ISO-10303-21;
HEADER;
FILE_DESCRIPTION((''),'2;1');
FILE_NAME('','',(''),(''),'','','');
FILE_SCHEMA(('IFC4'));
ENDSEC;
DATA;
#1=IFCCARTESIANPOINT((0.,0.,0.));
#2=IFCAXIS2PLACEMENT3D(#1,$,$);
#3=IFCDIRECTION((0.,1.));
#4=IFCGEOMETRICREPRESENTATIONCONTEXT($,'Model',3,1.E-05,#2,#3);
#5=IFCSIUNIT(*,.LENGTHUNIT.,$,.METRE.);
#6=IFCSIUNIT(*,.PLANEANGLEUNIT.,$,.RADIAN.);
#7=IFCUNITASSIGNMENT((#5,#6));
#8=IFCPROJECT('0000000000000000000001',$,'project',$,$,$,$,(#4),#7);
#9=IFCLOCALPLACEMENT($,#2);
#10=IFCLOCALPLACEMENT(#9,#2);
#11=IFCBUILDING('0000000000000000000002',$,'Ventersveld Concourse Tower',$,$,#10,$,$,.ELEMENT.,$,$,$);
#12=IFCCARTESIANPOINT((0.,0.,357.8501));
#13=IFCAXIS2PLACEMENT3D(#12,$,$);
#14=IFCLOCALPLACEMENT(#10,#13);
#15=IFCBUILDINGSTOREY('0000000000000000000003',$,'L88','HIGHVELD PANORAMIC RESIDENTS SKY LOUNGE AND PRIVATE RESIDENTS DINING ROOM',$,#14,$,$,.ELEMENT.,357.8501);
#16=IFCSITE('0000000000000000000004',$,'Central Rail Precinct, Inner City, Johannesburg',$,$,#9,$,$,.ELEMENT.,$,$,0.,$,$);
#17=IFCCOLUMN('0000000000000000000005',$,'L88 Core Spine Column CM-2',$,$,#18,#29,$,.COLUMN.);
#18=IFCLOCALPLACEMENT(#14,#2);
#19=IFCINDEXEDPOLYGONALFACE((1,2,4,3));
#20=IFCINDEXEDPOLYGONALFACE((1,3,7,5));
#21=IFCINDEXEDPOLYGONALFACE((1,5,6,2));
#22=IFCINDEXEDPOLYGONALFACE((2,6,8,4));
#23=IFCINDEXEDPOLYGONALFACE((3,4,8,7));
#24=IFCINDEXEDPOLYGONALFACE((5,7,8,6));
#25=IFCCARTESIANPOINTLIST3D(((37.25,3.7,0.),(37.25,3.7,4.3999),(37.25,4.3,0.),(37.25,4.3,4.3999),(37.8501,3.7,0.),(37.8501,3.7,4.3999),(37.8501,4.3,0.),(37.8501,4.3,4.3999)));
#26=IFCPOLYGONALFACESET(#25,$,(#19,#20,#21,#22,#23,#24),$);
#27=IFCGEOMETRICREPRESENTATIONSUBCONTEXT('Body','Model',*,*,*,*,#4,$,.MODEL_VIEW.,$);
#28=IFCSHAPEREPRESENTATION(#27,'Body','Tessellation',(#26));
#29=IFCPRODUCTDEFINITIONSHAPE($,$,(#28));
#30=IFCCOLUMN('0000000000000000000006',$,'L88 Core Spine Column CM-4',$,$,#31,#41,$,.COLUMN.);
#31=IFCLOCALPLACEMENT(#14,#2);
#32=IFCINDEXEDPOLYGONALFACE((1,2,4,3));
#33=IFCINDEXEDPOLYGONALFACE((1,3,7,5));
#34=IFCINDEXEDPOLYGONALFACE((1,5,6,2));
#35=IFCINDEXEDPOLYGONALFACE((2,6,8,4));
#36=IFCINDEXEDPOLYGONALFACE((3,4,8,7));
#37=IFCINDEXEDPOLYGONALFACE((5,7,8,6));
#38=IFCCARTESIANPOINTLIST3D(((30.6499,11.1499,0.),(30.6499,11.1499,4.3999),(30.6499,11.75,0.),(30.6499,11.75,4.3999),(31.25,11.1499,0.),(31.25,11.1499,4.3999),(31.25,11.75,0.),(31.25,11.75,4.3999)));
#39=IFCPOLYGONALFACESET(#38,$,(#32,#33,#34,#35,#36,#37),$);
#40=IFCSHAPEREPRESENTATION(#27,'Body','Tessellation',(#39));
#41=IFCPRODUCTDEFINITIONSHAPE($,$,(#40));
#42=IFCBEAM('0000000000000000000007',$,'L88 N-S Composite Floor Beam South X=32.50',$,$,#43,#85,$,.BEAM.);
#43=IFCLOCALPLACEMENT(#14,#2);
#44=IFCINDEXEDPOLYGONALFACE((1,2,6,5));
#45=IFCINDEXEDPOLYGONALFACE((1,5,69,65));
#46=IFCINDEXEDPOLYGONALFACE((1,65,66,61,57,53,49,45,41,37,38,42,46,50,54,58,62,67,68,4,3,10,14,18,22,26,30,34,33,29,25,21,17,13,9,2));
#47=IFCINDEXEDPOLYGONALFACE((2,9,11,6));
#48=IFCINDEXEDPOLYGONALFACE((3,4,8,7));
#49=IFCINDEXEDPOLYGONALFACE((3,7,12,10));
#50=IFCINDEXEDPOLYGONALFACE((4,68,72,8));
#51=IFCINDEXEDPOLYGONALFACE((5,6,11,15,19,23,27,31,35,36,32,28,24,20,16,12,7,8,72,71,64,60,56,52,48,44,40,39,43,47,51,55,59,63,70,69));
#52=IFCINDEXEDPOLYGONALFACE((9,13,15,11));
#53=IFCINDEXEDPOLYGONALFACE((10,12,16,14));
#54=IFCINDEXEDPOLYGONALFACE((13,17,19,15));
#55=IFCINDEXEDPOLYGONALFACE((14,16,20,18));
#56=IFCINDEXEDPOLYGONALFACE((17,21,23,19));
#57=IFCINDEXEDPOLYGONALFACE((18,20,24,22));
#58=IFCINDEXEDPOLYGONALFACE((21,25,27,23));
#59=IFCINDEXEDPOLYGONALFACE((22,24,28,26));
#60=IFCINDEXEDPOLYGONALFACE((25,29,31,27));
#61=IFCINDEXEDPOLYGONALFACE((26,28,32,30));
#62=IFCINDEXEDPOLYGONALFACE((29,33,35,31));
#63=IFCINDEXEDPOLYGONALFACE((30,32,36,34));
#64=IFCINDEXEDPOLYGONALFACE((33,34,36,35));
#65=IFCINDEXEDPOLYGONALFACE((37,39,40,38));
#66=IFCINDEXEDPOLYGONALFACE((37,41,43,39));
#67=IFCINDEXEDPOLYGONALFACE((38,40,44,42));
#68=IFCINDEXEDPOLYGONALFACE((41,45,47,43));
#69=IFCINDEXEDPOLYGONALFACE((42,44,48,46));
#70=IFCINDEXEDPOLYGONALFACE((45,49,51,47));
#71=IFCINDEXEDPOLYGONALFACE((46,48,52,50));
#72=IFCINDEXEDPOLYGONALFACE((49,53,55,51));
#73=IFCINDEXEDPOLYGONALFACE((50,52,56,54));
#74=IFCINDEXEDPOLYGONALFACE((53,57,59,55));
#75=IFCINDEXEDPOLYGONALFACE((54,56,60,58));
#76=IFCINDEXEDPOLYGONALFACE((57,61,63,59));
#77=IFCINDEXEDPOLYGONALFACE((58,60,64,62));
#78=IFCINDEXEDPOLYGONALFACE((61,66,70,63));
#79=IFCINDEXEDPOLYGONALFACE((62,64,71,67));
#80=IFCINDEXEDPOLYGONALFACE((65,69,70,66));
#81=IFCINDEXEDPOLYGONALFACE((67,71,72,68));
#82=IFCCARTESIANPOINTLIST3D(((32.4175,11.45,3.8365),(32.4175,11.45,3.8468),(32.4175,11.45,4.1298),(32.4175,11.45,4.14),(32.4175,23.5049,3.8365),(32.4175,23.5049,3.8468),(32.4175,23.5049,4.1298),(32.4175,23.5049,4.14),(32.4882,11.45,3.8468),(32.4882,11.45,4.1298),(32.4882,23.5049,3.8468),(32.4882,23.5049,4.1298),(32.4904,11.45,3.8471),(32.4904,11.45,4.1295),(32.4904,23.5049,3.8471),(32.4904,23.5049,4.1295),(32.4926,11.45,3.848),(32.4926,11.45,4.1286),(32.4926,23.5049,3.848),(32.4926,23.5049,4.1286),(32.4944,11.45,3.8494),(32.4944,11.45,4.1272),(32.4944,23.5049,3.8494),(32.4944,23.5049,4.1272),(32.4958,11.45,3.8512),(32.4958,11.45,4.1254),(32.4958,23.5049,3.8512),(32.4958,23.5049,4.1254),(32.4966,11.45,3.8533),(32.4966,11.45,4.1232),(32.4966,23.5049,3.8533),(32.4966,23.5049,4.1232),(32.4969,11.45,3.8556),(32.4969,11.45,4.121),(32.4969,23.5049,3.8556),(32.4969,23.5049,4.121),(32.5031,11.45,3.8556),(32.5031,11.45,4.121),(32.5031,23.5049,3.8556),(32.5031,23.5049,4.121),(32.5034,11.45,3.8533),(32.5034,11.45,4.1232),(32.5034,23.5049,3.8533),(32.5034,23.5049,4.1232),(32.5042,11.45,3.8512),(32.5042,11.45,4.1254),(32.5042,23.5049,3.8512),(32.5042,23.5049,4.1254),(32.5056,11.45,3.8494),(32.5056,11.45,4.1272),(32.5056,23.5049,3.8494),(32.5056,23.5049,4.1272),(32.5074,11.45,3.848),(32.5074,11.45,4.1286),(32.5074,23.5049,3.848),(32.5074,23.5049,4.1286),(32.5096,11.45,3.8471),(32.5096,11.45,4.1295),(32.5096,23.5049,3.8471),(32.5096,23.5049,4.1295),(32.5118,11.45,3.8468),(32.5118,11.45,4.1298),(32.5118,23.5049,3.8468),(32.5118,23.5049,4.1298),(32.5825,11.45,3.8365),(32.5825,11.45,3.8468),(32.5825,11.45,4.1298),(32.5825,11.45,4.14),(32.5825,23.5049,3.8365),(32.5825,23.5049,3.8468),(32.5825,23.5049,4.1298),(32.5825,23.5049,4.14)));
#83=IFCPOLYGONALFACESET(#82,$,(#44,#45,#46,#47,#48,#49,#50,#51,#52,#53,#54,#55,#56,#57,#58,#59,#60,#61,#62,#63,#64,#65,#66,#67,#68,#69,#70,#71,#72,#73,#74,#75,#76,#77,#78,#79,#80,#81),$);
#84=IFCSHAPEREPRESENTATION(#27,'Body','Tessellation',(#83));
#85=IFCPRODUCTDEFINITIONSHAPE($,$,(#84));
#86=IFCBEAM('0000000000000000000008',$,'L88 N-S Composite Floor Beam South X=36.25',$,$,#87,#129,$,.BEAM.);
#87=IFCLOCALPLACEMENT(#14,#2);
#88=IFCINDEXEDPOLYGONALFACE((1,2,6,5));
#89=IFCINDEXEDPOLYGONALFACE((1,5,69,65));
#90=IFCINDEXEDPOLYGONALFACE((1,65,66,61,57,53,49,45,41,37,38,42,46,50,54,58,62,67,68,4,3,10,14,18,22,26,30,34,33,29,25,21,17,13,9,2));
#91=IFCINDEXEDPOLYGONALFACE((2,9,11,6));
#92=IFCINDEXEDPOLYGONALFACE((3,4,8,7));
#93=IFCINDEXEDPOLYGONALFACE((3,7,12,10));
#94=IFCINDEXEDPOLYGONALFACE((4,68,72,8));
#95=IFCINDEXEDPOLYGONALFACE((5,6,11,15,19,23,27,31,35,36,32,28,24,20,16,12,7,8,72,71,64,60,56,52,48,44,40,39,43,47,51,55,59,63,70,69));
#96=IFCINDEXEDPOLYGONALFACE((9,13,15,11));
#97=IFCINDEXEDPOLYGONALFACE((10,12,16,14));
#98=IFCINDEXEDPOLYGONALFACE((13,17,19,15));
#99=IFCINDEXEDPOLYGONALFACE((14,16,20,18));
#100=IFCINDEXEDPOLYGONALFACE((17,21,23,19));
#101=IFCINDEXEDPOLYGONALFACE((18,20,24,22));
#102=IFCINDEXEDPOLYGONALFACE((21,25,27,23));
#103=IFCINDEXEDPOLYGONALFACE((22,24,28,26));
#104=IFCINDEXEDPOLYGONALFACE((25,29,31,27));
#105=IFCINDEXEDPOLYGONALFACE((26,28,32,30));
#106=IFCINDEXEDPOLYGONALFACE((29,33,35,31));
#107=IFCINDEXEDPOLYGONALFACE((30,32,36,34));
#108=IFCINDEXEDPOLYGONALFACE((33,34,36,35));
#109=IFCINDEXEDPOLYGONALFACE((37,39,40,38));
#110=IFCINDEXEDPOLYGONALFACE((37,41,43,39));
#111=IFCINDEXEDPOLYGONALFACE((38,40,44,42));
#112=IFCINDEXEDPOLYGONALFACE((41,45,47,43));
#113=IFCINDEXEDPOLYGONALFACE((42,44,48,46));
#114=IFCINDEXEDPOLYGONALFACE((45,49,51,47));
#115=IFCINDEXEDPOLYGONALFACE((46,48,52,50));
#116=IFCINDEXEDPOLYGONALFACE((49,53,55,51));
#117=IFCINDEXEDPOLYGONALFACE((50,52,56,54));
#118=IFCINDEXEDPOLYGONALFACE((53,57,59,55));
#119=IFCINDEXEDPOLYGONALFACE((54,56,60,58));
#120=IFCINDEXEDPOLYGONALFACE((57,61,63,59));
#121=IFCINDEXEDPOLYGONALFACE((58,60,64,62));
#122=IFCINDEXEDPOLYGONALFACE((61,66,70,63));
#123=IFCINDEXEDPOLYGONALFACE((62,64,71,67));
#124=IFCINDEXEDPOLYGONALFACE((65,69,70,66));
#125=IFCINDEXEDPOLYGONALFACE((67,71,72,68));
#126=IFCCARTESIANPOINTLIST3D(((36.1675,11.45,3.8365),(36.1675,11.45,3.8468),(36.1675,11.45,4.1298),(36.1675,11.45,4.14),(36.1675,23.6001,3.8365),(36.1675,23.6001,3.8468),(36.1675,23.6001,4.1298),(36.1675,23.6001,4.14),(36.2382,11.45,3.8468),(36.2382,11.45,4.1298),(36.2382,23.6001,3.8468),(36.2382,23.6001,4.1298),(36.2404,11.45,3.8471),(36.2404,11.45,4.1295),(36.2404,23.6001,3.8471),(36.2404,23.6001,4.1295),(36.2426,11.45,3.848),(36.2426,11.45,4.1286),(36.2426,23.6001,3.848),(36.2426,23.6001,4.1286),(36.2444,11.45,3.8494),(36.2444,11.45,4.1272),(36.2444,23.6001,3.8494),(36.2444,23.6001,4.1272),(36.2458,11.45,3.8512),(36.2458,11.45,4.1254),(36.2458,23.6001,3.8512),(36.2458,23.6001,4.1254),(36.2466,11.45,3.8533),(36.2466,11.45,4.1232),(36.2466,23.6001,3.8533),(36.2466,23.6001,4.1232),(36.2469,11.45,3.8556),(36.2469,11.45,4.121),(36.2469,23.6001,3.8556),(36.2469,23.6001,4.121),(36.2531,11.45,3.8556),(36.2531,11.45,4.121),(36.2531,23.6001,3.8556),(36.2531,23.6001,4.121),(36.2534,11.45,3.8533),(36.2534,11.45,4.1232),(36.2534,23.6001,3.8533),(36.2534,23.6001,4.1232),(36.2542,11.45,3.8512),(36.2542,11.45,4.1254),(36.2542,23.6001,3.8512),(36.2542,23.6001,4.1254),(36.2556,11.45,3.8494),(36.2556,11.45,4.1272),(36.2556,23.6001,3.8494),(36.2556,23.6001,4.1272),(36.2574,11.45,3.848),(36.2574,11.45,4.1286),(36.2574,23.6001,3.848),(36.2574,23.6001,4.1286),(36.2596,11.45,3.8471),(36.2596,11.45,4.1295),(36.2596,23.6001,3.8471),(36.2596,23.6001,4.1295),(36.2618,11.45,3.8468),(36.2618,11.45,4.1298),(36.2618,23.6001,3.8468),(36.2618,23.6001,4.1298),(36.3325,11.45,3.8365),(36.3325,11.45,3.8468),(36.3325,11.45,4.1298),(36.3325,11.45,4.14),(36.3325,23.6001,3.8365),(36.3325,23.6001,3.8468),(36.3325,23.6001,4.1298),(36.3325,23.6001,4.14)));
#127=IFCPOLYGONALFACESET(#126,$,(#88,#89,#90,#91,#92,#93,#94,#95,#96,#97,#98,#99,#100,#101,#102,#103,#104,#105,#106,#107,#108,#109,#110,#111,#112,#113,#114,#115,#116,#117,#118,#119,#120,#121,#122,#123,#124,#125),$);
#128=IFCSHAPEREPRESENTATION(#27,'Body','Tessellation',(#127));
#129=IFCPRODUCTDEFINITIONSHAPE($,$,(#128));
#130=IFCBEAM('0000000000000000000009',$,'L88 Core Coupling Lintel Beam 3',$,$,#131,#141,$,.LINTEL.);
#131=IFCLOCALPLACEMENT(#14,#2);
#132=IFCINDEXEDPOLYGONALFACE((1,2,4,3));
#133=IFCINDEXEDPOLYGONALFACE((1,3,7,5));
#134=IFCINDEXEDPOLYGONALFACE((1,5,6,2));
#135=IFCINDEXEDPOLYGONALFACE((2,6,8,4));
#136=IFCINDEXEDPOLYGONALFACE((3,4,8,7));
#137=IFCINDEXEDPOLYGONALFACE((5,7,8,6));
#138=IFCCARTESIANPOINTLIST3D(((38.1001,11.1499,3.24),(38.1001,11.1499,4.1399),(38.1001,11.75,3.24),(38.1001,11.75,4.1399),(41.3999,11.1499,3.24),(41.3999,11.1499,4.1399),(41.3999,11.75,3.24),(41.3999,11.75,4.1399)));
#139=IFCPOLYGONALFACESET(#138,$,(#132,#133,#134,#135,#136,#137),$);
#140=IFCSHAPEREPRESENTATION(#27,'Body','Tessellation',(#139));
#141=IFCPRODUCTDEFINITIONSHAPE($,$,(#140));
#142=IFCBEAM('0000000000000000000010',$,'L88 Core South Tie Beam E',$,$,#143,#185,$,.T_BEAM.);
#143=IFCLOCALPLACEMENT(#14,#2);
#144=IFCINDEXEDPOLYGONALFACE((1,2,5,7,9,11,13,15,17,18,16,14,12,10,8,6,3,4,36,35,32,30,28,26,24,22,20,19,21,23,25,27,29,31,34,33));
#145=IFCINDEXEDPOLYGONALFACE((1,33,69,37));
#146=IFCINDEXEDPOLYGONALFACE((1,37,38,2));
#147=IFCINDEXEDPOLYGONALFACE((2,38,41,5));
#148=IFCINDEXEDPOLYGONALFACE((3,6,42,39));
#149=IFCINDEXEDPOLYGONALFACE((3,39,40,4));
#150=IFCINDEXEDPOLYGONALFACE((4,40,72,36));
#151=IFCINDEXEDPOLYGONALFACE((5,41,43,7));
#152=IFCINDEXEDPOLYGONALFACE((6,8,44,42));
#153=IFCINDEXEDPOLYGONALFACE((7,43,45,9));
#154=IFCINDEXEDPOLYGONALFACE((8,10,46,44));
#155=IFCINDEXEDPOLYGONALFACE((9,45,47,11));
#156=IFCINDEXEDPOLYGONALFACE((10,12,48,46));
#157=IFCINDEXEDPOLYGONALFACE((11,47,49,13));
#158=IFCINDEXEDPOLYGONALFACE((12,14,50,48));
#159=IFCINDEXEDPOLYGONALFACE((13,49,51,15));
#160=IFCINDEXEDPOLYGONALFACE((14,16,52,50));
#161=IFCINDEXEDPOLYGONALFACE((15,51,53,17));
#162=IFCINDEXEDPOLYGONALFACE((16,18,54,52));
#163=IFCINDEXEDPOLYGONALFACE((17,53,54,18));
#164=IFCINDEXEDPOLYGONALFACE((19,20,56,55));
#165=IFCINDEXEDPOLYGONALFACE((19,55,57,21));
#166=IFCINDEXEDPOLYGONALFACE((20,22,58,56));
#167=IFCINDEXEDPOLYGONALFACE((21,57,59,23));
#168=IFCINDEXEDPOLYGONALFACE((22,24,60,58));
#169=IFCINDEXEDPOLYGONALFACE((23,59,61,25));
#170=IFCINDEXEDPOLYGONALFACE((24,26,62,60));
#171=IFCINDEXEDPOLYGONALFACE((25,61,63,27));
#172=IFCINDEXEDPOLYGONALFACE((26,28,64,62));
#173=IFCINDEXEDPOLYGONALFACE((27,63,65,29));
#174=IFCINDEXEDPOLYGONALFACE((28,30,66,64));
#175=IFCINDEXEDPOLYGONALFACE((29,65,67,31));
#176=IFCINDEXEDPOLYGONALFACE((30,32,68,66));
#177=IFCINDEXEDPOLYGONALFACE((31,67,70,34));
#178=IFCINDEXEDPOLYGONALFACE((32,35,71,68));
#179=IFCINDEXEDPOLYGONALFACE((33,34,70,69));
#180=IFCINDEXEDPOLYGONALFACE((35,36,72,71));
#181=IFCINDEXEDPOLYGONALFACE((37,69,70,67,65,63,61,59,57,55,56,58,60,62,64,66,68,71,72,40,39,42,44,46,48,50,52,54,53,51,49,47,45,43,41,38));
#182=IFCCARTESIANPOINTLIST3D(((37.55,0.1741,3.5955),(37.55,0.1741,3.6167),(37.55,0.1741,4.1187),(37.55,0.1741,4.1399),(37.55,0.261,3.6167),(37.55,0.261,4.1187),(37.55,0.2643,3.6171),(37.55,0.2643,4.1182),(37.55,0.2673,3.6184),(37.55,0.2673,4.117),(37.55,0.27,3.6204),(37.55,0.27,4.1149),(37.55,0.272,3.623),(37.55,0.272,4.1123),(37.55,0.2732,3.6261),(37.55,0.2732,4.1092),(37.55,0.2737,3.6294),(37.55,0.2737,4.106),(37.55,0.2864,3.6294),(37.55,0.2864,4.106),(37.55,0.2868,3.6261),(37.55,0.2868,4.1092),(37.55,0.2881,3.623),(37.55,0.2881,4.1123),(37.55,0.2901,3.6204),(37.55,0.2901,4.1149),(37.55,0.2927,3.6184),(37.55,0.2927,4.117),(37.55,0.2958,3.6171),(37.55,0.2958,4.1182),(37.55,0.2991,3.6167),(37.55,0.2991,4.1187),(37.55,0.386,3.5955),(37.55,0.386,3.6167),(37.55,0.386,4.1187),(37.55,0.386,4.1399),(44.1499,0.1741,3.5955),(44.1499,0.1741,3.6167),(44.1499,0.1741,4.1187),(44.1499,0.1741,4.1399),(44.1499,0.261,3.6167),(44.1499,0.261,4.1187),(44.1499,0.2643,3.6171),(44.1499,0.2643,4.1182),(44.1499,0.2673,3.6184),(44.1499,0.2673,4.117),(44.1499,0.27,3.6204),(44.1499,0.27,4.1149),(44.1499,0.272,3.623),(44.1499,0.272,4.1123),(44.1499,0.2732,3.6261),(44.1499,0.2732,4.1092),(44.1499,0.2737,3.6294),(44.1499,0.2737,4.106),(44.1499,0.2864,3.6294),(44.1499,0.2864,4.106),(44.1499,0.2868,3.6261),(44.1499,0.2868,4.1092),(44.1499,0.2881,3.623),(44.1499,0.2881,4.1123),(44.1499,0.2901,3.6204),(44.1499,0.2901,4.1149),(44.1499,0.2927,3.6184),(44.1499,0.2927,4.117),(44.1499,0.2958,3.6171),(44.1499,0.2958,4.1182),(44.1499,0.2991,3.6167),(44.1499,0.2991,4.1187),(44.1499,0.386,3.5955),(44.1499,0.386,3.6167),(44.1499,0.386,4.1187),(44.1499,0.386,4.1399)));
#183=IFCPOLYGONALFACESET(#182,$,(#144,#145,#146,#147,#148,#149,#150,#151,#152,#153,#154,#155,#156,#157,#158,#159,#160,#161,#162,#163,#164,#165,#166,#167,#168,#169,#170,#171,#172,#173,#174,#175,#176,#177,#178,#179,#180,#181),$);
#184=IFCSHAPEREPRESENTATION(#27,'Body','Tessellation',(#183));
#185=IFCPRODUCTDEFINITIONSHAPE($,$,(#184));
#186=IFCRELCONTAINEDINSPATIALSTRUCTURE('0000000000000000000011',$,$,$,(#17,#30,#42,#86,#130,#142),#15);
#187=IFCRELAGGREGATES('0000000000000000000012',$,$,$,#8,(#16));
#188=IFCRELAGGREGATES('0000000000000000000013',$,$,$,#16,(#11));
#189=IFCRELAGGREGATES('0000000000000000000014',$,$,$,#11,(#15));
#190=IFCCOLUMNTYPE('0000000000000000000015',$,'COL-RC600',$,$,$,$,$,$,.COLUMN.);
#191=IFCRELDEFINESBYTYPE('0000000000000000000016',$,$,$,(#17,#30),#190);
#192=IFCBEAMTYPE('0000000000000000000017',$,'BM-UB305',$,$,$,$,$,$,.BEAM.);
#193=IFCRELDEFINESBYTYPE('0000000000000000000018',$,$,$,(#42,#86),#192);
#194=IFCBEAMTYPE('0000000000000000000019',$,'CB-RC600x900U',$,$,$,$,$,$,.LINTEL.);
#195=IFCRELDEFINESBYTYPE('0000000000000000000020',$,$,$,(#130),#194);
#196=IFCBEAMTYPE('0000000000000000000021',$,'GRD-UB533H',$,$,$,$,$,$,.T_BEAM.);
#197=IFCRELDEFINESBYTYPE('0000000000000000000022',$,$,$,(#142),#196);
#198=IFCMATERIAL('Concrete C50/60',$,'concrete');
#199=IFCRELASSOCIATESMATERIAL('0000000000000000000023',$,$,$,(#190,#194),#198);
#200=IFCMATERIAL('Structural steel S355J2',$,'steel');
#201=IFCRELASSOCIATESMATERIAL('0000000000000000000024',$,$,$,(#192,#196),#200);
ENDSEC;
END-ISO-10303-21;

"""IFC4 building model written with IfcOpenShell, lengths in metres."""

from ifc_helpers import new_model, si_unit, direction, frame, origin, origin_2d, place, context, subcontext, project, spatial, rectangle, i_section, extrude, material, material_profile, profile_set, type_object, element, save


model = new_model("IFC4")

# Units and contexts
model_context = context("Model", 3, precision=1e-05, world=origin(), true_north=direction((0.0, 1.0)))
body_context = subcontext(model_context, "Body", "Model", "MODEL_VIEW")
ifc_project = project(units=[si_unit("LENGTHUNIT", "METRE"), si_unit("PLANEANGLEUNIT", "RADIAN")], contexts=[model_context])

# Site, building, storey
site_placement = place(None, origin())
site = spatial("IfcSite", under=ifc_project, at=site_placement, Name="Central Rail Precinct, Inner City, Johannesburg", CompositionType="ELEMENT", RefElevation=0.0)
building_placement = place(site_placement, origin())
building = spatial("IfcBuilding", under=site, at=building_placement, Name="Ventersveld Concourse Tower", CompositionType="ELEMENT")
storey_placement = place(building_placement, frame((0.0, 0.0, 357.8501)))
storey = spatial("IfcBuildingStorey", under=building, at=storey_placement, Name="L88", Description="HIGHVELD PANORAMIC RESIDENTS SKY LOUNGE AND PRIVATE RESIDENTS DINING ROOM", CompositionType="ELEMENT", Elevation=357.8501)

# Columns
ifc_material_1 = material(Name="Concrete C50/60", Category="concrete")
ifc_material_profile_1 = material_profile(ifc_material_1, rectangle(XDim=0.6001, YDim=0.6001, at=origin_2d()), Name="RC 600x600")
ifc_profile_set_1 = profile_set([ifc_material_profile_1], Name="Concrete C50/60")
column_type = type_object("IfcColumnType", Name="COL-RC600", PredefinedType="COLUMN", material=ifc_profile_set_1)
for number, where, z_axis, x_axis, name in (
    (1, (37.55, 4.0, 0.0), (0.0, 0.0, 1.0), (1.0, 0.0, 0.0), "L88 Core Spine Column CM-2"),
    (2, (30.95, 11.45, 0.0), (0.0, 0.0, 1.0), (1.0, 0.0, 0.0), "L88 Core Spine Column CM-4"),
):
    element("IfcColumn", number, at=place(storey_placement, frame(where, z_axis=z_axis, x_axis=x_axis)), inside=storey, type_object=column_type, Name=name, PredefinedType="COLUMN", context=body_context, shape_type="SweptSolid", body=[
        extrude(rectangle(XDim=0.6001, YDim=0.6001, at=origin_2d()), origin(), (0.0, 0.0, 1.0), 4.3999),
    ])

# Beams
ifc_material_2 = material(Name="Structural steel S355J2", Category="steel")
ifc_material_profile_2 = material_profile(ifc_material_2, i_section(OverallWidth=0.165, OverallDepth=0.3035, WebThickness=0.0061, FlangeThickness=0.0103, FilletRadius=0.0088, at=origin_2d()), Name="UB 305x165x40")
ifc_profile_set_2 = profile_set([ifc_material_profile_2], Name="Structural steel S355J2")
beam_type_1 = type_object("IfcBeamType", Name="BM-UB305", PredefinedType="BEAM", material=ifc_profile_set_2)
beam_1_placement = place(storey_placement, frame((32.5, 11.45, 3.9883), z_axis=(0.0, 1.0, 0.0), x_axis=(-1.0, 0.0, 0.0)))
element("IfcBeam", 3, at=beam_1_placement, inside=storey, type_object=beam_type_1, Name="L88 N-S Composite Floor Beam South X=32.50", PredefinedType="BEAM", context=body_context, shape_type="SweptSolid", body=[
    extrude(i_section(OverallWidth=0.165, OverallDepth=0.3035, WebThickness=0.0061, FlangeThickness=0.0103, FilletRadius=0.0088, at=origin_2d()), origin(), (0.0, 0.0, 1.0), 12.0549),
])
beam_2_placement = place(storey_placement, frame((36.25, 11.45, 3.9883), z_axis=(0.0, 1.0, 0.0), x_axis=(-1.0, 0.0, 0.0)))
element("IfcBeam", 4, at=beam_2_placement, inside=storey, type_object=beam_type_1, Name="L88 N-S Composite Floor Beam South X=36.25", PredefinedType="BEAM", context=body_context, shape_type="SweptSolid", body=[
    extrude(i_section(OverallWidth=0.165, OverallDepth=0.3035, WebThickness=0.0061, FlangeThickness=0.0103, FilletRadius=0.0088, at=origin_2d()), origin(), (0.0, 0.0, 1.0), 12.1501),
])
ifc_material_profile_3 = material_profile(ifc_material_1, rectangle(XDim=0.6001, YDim=0.8999, at=origin_2d()), Name="RC 600x900")
ifc_profile_set_3 = profile_set([ifc_material_profile_3], Name="Concrete C50/60")
beam_type_2 = type_object("IfcBeamType", Name="CB-RC600x900U", PredefinedType="LINTEL", material=ifc_profile_set_3)
beam_3_placement = place(storey_placement, frame((38.1001, 11.45, 3.6899), z_axis=(1.0, 0.0, 0.0), x_axis=(0.0, 1.0, 0.0)))
element("IfcBeam", 5, at=beam_3_placement, inside=storey, type_object=beam_type_2, Name="L88 Core Coupling Lintel Beam 3", PredefinedType="LINTEL", context=body_context, shape_type="SweptSolid", body=[
    extrude(rectangle(XDim=0.6001, YDim=0.8999, at=origin_2d()), origin(), (0.0, 0.0, 1.0), 3.2998),
])
ifc_material_profile_4 = material_profile(ifc_material_2, i_section(OverallWidth=0.2119, OverallDepth=0.5444, WebThickness=0.0127, FlangeThickness=0.0212, FilletRadius=0.0127, at=origin_2d()), Name="UB 533x210x122")
ifc_profile_set_4 = profile_set([ifc_material_profile_4], Name="Structural steel S355J2")
beam_type_3 = type_object("IfcBeamType", Name="GRD-UB533H", PredefinedType="T_BEAM", material=ifc_profile_set_4)
beam_4_placement = place(storey_placement, frame((37.55, 0.28, 3.8677), z_axis=(1.0, 0.0, 0.0), x_axis=(0.0, 1.0, 0.0)))
element("IfcBeam", 6, at=beam_4_placement, inside=storey, type_object=beam_type_3, Name="L88 Core South Tie Beam E", PredefinedType="T_BEAM", context=body_context, shape_type="SweptSolid", body=[
    extrude(i_section(OverallWidth=0.2119, OverallDepth=0.5444, WebThickness=0.0127, FlangeThickness=0.0212, FilletRadius=0.0127, at=origin_2d()), origin(), (0.0, 0.0, 1.0), 6.5999),
])

save(model, "model.ifc")
